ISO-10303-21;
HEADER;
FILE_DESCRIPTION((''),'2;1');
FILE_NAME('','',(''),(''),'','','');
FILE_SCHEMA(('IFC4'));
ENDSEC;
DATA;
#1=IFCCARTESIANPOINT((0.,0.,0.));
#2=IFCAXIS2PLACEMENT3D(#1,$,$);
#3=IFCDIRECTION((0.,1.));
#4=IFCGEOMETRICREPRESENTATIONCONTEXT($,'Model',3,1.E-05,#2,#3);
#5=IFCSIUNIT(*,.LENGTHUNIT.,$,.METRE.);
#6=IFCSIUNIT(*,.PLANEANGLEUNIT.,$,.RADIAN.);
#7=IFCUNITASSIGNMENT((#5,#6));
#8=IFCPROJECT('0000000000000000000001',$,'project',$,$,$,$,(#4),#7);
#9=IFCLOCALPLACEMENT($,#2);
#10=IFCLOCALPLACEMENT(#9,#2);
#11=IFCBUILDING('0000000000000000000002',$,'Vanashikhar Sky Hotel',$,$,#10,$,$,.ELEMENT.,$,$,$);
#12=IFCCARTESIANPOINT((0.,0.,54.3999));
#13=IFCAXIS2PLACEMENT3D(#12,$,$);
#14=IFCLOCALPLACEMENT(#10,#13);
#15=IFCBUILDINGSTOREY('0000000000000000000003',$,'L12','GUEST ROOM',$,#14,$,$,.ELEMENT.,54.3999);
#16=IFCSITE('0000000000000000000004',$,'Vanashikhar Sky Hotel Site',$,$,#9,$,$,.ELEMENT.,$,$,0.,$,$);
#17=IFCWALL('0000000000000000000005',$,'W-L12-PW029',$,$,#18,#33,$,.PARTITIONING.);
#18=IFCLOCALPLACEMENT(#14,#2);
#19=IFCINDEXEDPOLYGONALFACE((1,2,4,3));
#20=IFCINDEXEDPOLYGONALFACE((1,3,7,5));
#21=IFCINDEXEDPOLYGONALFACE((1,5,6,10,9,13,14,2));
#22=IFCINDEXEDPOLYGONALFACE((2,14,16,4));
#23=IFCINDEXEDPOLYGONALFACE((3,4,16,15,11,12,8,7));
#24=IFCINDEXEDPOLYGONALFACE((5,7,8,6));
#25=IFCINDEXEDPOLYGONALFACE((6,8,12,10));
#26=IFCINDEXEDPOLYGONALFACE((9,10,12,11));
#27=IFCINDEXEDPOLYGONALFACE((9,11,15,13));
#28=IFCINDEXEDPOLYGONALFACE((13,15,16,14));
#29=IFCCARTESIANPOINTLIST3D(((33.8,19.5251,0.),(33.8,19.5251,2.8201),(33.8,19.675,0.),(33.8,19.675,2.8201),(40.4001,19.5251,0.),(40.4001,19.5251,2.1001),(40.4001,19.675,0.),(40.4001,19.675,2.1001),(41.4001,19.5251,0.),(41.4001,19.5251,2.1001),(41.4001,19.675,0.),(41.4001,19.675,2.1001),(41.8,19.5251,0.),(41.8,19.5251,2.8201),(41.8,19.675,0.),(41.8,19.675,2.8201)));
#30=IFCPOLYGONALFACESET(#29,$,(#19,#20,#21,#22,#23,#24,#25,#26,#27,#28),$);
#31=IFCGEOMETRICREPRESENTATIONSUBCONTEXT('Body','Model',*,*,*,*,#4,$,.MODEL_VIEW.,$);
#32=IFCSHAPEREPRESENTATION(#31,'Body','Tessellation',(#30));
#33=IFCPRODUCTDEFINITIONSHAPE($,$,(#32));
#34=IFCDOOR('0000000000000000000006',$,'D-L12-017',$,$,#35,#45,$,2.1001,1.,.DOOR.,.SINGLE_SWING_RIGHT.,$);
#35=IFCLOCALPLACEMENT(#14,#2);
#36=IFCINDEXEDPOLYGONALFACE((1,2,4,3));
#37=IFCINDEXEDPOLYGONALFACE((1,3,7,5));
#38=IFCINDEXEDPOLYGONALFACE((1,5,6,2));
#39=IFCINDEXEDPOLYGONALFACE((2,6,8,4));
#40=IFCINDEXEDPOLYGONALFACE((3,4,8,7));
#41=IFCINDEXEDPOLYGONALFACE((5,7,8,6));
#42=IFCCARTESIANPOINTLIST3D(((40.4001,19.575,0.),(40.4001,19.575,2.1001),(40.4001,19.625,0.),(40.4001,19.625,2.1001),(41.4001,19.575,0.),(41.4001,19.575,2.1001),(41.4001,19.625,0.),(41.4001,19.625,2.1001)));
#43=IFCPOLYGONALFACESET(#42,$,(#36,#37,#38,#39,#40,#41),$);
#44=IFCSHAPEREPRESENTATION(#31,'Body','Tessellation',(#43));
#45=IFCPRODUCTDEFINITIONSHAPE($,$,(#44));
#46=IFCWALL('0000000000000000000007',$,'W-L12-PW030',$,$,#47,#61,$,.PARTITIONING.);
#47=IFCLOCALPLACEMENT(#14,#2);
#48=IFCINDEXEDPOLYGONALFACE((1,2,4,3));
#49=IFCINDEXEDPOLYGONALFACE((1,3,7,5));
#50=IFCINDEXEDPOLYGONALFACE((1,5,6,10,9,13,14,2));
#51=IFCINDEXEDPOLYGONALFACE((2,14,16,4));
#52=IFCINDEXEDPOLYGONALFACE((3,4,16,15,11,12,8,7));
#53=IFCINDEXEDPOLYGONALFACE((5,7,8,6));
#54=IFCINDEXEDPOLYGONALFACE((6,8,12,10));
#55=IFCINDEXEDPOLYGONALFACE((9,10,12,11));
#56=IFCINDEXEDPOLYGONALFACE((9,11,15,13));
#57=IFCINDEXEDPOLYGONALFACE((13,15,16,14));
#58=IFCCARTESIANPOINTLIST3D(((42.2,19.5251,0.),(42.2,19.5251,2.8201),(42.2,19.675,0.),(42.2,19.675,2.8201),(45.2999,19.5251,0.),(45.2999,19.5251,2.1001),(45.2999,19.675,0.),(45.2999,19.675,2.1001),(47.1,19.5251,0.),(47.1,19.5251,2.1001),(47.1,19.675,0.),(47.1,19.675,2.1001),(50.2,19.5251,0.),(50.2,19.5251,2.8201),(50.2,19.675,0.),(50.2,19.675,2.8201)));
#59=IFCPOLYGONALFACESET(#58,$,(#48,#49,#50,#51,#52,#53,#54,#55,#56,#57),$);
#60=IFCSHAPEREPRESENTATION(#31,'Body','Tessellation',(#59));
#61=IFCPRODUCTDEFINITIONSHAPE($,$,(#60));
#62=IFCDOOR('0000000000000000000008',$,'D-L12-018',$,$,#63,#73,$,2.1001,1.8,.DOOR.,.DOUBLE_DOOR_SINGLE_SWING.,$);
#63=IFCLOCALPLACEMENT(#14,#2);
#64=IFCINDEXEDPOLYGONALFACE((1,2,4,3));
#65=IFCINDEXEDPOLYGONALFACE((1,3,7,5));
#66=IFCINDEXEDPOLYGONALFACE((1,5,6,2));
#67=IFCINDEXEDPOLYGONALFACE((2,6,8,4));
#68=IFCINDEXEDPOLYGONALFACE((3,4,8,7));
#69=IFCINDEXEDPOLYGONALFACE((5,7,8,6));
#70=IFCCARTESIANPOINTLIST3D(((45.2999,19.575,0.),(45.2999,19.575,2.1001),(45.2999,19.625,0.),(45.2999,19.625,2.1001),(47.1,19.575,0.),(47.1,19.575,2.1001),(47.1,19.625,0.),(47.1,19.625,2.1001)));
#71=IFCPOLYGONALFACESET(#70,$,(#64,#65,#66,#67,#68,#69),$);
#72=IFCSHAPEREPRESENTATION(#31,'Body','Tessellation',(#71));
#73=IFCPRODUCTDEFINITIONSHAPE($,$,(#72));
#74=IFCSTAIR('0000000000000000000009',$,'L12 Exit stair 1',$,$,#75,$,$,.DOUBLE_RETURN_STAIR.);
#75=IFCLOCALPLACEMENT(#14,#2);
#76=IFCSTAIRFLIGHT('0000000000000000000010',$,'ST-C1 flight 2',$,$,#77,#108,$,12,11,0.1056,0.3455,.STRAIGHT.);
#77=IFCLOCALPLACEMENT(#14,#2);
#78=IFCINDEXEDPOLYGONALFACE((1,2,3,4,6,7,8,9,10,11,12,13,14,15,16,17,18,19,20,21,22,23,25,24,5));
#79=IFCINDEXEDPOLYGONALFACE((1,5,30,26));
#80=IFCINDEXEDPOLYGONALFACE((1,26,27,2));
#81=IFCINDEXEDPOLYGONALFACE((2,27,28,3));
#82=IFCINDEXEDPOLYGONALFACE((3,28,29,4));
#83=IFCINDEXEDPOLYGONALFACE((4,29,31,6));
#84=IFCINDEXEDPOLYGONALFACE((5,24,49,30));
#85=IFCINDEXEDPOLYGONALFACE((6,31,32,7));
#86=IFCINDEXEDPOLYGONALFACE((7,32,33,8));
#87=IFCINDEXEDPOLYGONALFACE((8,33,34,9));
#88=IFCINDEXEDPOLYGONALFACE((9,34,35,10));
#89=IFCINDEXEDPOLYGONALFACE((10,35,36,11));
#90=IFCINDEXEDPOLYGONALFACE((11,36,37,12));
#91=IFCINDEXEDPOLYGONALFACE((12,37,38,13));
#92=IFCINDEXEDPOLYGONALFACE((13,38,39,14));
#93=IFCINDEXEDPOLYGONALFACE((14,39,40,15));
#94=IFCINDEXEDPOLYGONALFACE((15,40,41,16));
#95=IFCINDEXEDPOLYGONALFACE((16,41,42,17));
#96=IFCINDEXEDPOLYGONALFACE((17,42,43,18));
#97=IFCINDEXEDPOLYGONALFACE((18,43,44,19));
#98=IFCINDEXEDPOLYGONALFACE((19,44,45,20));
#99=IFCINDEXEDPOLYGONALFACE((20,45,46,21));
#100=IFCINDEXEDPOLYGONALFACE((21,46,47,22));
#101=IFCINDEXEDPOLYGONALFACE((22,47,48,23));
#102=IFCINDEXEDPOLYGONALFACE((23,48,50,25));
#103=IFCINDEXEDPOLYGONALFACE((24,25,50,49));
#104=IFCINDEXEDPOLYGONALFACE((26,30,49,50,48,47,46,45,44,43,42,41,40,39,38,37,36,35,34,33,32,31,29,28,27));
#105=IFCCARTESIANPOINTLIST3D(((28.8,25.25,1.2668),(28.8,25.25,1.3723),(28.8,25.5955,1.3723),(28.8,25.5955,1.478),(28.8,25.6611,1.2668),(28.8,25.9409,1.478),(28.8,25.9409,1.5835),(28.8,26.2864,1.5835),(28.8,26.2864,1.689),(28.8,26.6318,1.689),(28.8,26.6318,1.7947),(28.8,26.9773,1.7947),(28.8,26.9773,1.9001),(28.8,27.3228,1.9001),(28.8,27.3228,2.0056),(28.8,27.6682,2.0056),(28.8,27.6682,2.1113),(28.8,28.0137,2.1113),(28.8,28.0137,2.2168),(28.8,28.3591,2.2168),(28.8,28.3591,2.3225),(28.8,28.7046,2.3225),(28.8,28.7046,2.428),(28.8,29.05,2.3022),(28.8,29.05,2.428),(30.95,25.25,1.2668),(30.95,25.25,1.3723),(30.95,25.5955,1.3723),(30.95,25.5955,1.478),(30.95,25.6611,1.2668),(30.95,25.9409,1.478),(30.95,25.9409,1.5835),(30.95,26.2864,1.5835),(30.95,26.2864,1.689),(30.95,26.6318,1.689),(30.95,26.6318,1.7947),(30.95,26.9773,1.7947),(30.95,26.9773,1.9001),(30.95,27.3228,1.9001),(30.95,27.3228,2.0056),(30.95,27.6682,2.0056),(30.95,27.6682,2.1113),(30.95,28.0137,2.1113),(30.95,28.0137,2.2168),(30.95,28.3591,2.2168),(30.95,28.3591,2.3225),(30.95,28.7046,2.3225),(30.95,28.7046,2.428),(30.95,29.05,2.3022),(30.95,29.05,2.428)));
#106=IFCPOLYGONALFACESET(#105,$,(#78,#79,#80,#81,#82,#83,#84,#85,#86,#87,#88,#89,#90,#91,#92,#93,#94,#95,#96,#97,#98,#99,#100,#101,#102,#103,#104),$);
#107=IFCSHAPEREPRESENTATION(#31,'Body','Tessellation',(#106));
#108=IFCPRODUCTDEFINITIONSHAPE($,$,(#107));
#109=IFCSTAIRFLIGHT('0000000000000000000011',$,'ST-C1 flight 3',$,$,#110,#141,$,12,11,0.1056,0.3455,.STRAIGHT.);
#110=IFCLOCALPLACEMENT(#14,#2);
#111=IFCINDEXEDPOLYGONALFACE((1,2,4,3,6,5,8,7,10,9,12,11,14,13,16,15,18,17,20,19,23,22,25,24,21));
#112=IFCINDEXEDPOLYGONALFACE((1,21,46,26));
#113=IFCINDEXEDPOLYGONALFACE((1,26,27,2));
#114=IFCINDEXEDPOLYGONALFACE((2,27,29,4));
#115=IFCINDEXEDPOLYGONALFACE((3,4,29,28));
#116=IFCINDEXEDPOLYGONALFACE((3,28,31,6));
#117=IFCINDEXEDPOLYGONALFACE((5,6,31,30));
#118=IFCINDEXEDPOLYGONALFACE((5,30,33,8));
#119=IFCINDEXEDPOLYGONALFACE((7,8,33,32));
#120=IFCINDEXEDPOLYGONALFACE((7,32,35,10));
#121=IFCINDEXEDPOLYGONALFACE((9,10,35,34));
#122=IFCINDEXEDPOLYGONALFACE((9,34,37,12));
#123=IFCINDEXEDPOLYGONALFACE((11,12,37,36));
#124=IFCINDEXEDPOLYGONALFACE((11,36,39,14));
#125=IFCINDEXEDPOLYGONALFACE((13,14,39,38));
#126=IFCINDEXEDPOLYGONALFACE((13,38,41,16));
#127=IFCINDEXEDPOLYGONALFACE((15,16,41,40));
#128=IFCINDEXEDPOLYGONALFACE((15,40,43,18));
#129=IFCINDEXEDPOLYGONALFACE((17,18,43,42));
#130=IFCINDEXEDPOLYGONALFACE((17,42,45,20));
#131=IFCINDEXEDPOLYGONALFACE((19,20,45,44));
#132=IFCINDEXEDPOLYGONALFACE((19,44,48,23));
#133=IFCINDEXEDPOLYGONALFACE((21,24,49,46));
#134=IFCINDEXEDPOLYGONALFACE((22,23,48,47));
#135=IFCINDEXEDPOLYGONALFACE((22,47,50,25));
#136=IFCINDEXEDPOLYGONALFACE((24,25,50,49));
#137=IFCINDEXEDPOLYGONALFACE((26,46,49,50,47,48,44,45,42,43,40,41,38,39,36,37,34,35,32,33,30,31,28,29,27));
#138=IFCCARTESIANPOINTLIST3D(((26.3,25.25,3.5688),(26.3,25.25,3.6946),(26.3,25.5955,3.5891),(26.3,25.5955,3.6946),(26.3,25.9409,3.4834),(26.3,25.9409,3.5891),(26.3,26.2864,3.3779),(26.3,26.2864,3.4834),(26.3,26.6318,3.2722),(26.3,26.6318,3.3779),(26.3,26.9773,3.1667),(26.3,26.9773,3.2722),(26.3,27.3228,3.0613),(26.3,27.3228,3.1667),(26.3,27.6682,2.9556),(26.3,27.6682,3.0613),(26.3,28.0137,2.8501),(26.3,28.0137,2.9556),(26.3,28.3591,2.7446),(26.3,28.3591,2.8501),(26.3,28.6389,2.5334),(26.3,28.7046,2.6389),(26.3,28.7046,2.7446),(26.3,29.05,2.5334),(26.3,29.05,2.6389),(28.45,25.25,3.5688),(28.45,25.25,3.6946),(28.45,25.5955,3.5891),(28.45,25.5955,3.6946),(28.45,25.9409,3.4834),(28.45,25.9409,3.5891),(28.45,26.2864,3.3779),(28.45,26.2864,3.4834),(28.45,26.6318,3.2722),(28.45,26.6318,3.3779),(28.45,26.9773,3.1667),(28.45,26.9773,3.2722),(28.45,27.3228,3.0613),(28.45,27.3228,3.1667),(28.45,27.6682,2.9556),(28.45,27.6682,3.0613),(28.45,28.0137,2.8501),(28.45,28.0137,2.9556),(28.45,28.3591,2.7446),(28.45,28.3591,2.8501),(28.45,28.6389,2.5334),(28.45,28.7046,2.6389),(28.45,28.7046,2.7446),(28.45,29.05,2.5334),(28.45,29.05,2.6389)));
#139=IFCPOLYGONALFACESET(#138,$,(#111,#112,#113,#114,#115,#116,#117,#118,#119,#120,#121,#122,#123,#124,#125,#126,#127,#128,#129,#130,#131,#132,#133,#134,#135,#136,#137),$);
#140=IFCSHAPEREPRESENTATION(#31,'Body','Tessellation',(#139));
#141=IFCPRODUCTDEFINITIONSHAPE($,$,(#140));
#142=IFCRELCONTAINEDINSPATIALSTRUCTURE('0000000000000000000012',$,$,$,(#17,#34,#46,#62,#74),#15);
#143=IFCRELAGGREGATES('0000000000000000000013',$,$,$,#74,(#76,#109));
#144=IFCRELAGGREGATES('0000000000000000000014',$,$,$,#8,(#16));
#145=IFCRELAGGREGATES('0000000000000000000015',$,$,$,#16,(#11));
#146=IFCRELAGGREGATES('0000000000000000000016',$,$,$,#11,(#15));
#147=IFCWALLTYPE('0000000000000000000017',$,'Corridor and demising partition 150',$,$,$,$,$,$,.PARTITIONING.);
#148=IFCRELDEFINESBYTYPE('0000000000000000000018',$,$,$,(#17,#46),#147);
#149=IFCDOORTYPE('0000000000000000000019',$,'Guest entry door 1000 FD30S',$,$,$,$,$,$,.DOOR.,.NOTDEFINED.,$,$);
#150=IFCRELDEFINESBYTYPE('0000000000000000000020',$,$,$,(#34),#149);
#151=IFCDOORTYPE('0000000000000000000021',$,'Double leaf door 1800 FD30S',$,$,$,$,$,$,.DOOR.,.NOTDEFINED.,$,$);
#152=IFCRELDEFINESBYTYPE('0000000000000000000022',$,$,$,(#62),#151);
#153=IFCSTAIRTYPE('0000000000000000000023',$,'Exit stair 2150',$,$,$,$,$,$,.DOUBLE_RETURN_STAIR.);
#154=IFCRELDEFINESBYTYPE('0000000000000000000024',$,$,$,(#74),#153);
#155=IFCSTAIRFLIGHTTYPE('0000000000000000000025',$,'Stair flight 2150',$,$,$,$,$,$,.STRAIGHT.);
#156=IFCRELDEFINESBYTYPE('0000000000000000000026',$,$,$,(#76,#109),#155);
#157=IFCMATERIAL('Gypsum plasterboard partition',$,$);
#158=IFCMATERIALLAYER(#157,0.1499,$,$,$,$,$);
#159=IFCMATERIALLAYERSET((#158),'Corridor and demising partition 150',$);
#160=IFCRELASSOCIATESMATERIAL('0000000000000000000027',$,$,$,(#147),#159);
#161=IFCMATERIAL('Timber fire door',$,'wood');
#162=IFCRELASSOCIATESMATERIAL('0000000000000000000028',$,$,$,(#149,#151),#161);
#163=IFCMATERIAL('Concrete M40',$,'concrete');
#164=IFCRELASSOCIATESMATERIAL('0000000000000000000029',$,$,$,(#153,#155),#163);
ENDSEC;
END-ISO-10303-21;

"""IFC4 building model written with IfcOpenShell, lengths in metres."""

from ifc_helpers import new_model, si_unit, direction, frame, frame_2d, origin, place, context, subcontext, project, spatial, polyline, rectangle, outline, extrude, source, transform, mapped, material, layer, layer_set, type_object, element, fill, aggregate, save


model = new_model("IFC4")

# Units and contexts
model_context = context("Model", 3, precision=1e-05, world=origin(), true_north=direction((0.0, 1.0)))
body_context = subcontext(model_context, "Body", "Model", "MODEL_VIEW")
ifc_project = project(units=[si_unit("LENGTHUNIT", "METRE"), si_unit("PLANEANGLEUNIT", "RADIAN")], contexts=[model_context])

# Site, building, storey
site_placement = place(None, origin())
site = spatial("IfcSite", under=ifc_project, at=site_placement, Name="Vanashikhar Sky Hotel Site", CompositionType="ELEMENT", RefElevation=0.0)
building_placement = place(site_placement, origin())
building = spatial("IfcBuilding", under=site, at=building_placement, Name="Vanashikhar Sky Hotel", CompositionType="ELEMENT")
storey_placement = place(building_placement, frame((0.0, 0.0, 54.3999)))
storey = spatial("IfcBuildingStorey", under=building, at=storey_placement, Name="L12", Description="GUEST ROOM", CompositionType="ELEMENT", Elevation=54.3999)

# Shared definitions
ifc_material_1 = material(Name="Concrete M40", Category="concrete")

# Walls, openings, doors
ifc_material_2 = material(Name="Gypsum plasterboard partition")
ifc_layer_1 = layer(ifc_material_2, 0.1499)
ifc_layer_set_1 = layer_set([ifc_layer_1], Name="Corridor and demising partition 150")
wall_type_1 = type_object("IfcWallType", Name="Corridor and demising partition 150", PredefinedType="PARTITIONING", material=ifc_layer_set_1)
shared_shape_1 = source(origin(), body_context, "Body", "SweptSolid", [
    extrude(rectangle(XDim=8.0, YDim=0.1499, at=frame_2d((4.0, 0.0))), origin(), (0.0, 0.0, 1.0), 2.8201),
])
wall_1_placement = place(storey_placement, frame((33.8, 19.6001, 0.0), z_axis=(0.0, 0.0, 1.0), x_axis=(1.0, 0.0, 0.0)))
wall_1 = element("IfcWall", 1, at=wall_1_placement, inside=storey, type_object=wall_type_1, Name="W-L12-PW029", PredefinedType="PARTITIONING", context=body_context, shape_type="MappedRepresentation", body=[
    mapped(shared_shape_1, transform((0.0, 0.0, 0.0), scale=1.0)),
])
shared_shape_2 = source(origin(), body_context, "Body", "SweptSolid", [
    extrude(rectangle(XDim=1.0, YDim=2.1001, at=frame_2d((0.5, 1.05))), frame((0.0, 0.085, 0.0), z_axis=(0.0, -1.0, 0.0), x_axis=(1.0, 0.0, 0.0)), (0.0, 0.0, 1.0), 0.1699),
])
opening_1_placement = place(wall_1_placement, frame((6.6001, 0.0, 0.0)))
opening_1 = element("IfcOpeningElement", 2, at=opening_1_placement, cuts=wall_1, PredefinedType="OPENING", context=body_context, shape_type="MappedRepresentation", body=[
    mapped(shared_shape_2, transform((0.0, 0.0, 0.0), scale=1.0)),
])
ifc_material_3 = material(Name="Timber fire door", Category="wood")
door_type_1 = type_object("IfcDoorType", Name="Guest entry door 1000 FD30S", OperationType="NOTDEFINED", PredefinedType="DOOR", material=ifc_material_3)
shared_shape_3 = source(origin(), body_context, "Body", "SweptSolid", [
    extrude(rectangle(XDim=1.0, YDim=2.1001, at=frame_2d((0.5, 1.05))), frame((0.0, 0.0249, 0.0), z_axis=(0.0, -1.0, 0.0), x_axis=(1.0, 0.0, 0.0)), (0.0, 0.0, 1.0), 0.05),
])
door_1_placement = place(opening_1_placement, origin())
door_1 = element("IfcDoor", 3, at=door_1_placement, inside=storey, type_object=door_type_1, Name="D-L12-017", OperationType="SINGLE_SWING_RIGHT", OverallHeight=2.1001, OverallWidth=1.0, PredefinedType="DOOR", context=body_context, shape_type="MappedRepresentation", body=[
    mapped(shared_shape_3, transform((0.0, 0.0, 0.0), scale=1.0)),
])
fill(opening_1, door_1)
wall_2_placement = place(storey_placement, frame((42.2, 19.6001, 0.0), z_axis=(0.0, 0.0, 1.0), x_axis=(1.0, 0.0, 0.0)))
wall_2 = element("IfcWall", 4, at=wall_2_placement, inside=storey, type_object=wall_type_1, Name="W-L12-PW030", PredefinedType="PARTITIONING", context=body_context, shape_type="MappedRepresentation", body=[
    mapped(shared_shape_1, transform((0.0, 0.0, 0.0), scale=1.0)),
])
shared_shape_4 = source(origin(), body_context, "Body", "SweptSolid", [
    extrude(rectangle(XDim=1.8, YDim=2.1001, at=frame_2d((0.8999, 1.05))), frame((0.0, 0.085, 0.0), z_axis=(0.0, -1.0, 0.0), x_axis=(1.0, 0.0, 0.0)), (0.0, 0.0, 1.0), 0.1699),
])
opening_2_placement = place(wall_2_placement, frame((3.1001, 0.0, 0.0)))
opening_2 = element("IfcOpeningElement", 5, at=opening_2_placement, cuts=wall_2, PredefinedType="OPENING", context=body_context, shape_type="MappedRepresentation", body=[
    mapped(shared_shape_4, transform((0.0, 0.0, 0.0), scale=1.0)),
])
door_type_2 = type_object("IfcDoorType", Name="Double leaf door 1800 FD30S", OperationType="NOTDEFINED", PredefinedType="DOOR", material=ifc_material_3)
shared_shape_5 = source(origin(), body_context, "Body", "SweptSolid", [
    extrude(rectangle(XDim=1.8, YDim=2.1001, at=frame_2d((0.8999, 1.05))), frame((0.0, 0.0249, 0.0), z_axis=(0.0, -1.0, 0.0), x_axis=(1.0, 0.0, 0.0)), (0.0, 0.0, 1.0), 0.05),
])
door_2_placement = place(opening_2_placement, origin())
door_2 = element("IfcDoor", 6, at=door_2_placement, inside=storey, type_object=door_type_2, Name="D-L12-018", OperationType="DOUBLE_DOOR_SINGLE_SWING", OverallHeight=2.1001, OverallWidth=1.8, PredefinedType="DOOR", context=body_context, shape_type="MappedRepresentation", body=[
    mapped(shared_shape_5, transform((0.0, 0.0, 0.0), scale=1.0)),
])
fill(opening_2, door_2)

# Stair, stair flights
stair_type = type_object("IfcStairType", Name="Exit stair 2150", PredefinedType="DOUBLE_RETURN_STAIR", material=ifc_material_1)
stair_placement = place(storey_placement, origin())
stair = element("IfcStair", 7, at=stair_placement, inside=storey, type_object=stair_type, Name="L12 Exit stair 1", PredefinedType="DOUBLE_RETURN_STAIR")
stair_flight_type = type_object("IfcStairFlightType", Name="Stair flight 2150", PredefinedType="STRAIGHT", material=ifc_material_1)
shared_shape_6 = source(origin(), body_context, "Body", "SweptSolid", [
    extrude(outline(polyline([(0.0, 0.0), (0.0, 0.1055), (0.3455, 0.1055), (0.3455, 0.2112), (0.6909, 0.2112), (0.6909, 0.3167), (1.0364, 0.3167), (1.0364, 0.4221), (1.3818, 0.4221), (1.3818, 0.5278), (1.7273, 0.5278), (1.7273, 0.6333), (2.0728, 0.6333), (2.0728, 0.7388), (2.4182, 0.7388), (2.4182, 0.8445), (2.7637, 0.8445), (2.7637, 0.95), (3.1091, 0.95), (3.1091, 1.0557), (3.4546, 1.0557), (3.4546, 1.1611), (3.8, 1.1611), (3.8, 1.2666), (3.8, 1.0354), (0.4111, 0.0), (0.0, 0.0)])), frame((0.0, 1.075, 0.0), z_axis=(0.0, -1.0, 0.0), x_axis=(1.0, 0.0, 0.0)), (0.0, 0.0, 1.0), 2.1499),
])
stair_flight_1_placement = place(storey_placement, frame((29.875, 25.25, 1.2668), z_axis=(0.0, 0.0, 1.0), x_axis=(0.0, 1.0, 0.0)))
stair_flight_1 = element("IfcStairFlight", 8, at=stair_flight_1_placement, type_object=stair_flight_type, Name="ST-C1 flight 2", NumberOfRisers=12, NumberOfTreads=11, PredefinedType="STRAIGHT", RiserHeight=0.1056, TreadLength=0.3455, context=body_context, shape_type="MappedRepresentation", body=[
    mapped(shared_shape_6, transform((0.0, 0.0, 0.0), scale=1.0)),
])
stair_flight_2_placement = place(storey_placement, frame((27.375, 29.05, 2.5334), z_axis=(0.0, 0.0, 1.0), x_axis=(0.0, -1.0, 0.0)))
stair_flight_2 = element("IfcStairFlight", 9, at=stair_flight_2_placement, type_object=stair_flight_type, Name="ST-C1 flight 3", NumberOfRisers=12, NumberOfTreads=11, PredefinedType="STRAIGHT", RiserHeight=0.1056, TreadLength=0.3455, context=body_context, shape_type="MappedRepresentation", body=[
    mapped(shared_shape_6, transform((0.0, 0.0, 0.0), scale=1.0)),
])
aggregate(stair, [stair_flight_1, stair_flight_2])

save(model, "model.ifc")
